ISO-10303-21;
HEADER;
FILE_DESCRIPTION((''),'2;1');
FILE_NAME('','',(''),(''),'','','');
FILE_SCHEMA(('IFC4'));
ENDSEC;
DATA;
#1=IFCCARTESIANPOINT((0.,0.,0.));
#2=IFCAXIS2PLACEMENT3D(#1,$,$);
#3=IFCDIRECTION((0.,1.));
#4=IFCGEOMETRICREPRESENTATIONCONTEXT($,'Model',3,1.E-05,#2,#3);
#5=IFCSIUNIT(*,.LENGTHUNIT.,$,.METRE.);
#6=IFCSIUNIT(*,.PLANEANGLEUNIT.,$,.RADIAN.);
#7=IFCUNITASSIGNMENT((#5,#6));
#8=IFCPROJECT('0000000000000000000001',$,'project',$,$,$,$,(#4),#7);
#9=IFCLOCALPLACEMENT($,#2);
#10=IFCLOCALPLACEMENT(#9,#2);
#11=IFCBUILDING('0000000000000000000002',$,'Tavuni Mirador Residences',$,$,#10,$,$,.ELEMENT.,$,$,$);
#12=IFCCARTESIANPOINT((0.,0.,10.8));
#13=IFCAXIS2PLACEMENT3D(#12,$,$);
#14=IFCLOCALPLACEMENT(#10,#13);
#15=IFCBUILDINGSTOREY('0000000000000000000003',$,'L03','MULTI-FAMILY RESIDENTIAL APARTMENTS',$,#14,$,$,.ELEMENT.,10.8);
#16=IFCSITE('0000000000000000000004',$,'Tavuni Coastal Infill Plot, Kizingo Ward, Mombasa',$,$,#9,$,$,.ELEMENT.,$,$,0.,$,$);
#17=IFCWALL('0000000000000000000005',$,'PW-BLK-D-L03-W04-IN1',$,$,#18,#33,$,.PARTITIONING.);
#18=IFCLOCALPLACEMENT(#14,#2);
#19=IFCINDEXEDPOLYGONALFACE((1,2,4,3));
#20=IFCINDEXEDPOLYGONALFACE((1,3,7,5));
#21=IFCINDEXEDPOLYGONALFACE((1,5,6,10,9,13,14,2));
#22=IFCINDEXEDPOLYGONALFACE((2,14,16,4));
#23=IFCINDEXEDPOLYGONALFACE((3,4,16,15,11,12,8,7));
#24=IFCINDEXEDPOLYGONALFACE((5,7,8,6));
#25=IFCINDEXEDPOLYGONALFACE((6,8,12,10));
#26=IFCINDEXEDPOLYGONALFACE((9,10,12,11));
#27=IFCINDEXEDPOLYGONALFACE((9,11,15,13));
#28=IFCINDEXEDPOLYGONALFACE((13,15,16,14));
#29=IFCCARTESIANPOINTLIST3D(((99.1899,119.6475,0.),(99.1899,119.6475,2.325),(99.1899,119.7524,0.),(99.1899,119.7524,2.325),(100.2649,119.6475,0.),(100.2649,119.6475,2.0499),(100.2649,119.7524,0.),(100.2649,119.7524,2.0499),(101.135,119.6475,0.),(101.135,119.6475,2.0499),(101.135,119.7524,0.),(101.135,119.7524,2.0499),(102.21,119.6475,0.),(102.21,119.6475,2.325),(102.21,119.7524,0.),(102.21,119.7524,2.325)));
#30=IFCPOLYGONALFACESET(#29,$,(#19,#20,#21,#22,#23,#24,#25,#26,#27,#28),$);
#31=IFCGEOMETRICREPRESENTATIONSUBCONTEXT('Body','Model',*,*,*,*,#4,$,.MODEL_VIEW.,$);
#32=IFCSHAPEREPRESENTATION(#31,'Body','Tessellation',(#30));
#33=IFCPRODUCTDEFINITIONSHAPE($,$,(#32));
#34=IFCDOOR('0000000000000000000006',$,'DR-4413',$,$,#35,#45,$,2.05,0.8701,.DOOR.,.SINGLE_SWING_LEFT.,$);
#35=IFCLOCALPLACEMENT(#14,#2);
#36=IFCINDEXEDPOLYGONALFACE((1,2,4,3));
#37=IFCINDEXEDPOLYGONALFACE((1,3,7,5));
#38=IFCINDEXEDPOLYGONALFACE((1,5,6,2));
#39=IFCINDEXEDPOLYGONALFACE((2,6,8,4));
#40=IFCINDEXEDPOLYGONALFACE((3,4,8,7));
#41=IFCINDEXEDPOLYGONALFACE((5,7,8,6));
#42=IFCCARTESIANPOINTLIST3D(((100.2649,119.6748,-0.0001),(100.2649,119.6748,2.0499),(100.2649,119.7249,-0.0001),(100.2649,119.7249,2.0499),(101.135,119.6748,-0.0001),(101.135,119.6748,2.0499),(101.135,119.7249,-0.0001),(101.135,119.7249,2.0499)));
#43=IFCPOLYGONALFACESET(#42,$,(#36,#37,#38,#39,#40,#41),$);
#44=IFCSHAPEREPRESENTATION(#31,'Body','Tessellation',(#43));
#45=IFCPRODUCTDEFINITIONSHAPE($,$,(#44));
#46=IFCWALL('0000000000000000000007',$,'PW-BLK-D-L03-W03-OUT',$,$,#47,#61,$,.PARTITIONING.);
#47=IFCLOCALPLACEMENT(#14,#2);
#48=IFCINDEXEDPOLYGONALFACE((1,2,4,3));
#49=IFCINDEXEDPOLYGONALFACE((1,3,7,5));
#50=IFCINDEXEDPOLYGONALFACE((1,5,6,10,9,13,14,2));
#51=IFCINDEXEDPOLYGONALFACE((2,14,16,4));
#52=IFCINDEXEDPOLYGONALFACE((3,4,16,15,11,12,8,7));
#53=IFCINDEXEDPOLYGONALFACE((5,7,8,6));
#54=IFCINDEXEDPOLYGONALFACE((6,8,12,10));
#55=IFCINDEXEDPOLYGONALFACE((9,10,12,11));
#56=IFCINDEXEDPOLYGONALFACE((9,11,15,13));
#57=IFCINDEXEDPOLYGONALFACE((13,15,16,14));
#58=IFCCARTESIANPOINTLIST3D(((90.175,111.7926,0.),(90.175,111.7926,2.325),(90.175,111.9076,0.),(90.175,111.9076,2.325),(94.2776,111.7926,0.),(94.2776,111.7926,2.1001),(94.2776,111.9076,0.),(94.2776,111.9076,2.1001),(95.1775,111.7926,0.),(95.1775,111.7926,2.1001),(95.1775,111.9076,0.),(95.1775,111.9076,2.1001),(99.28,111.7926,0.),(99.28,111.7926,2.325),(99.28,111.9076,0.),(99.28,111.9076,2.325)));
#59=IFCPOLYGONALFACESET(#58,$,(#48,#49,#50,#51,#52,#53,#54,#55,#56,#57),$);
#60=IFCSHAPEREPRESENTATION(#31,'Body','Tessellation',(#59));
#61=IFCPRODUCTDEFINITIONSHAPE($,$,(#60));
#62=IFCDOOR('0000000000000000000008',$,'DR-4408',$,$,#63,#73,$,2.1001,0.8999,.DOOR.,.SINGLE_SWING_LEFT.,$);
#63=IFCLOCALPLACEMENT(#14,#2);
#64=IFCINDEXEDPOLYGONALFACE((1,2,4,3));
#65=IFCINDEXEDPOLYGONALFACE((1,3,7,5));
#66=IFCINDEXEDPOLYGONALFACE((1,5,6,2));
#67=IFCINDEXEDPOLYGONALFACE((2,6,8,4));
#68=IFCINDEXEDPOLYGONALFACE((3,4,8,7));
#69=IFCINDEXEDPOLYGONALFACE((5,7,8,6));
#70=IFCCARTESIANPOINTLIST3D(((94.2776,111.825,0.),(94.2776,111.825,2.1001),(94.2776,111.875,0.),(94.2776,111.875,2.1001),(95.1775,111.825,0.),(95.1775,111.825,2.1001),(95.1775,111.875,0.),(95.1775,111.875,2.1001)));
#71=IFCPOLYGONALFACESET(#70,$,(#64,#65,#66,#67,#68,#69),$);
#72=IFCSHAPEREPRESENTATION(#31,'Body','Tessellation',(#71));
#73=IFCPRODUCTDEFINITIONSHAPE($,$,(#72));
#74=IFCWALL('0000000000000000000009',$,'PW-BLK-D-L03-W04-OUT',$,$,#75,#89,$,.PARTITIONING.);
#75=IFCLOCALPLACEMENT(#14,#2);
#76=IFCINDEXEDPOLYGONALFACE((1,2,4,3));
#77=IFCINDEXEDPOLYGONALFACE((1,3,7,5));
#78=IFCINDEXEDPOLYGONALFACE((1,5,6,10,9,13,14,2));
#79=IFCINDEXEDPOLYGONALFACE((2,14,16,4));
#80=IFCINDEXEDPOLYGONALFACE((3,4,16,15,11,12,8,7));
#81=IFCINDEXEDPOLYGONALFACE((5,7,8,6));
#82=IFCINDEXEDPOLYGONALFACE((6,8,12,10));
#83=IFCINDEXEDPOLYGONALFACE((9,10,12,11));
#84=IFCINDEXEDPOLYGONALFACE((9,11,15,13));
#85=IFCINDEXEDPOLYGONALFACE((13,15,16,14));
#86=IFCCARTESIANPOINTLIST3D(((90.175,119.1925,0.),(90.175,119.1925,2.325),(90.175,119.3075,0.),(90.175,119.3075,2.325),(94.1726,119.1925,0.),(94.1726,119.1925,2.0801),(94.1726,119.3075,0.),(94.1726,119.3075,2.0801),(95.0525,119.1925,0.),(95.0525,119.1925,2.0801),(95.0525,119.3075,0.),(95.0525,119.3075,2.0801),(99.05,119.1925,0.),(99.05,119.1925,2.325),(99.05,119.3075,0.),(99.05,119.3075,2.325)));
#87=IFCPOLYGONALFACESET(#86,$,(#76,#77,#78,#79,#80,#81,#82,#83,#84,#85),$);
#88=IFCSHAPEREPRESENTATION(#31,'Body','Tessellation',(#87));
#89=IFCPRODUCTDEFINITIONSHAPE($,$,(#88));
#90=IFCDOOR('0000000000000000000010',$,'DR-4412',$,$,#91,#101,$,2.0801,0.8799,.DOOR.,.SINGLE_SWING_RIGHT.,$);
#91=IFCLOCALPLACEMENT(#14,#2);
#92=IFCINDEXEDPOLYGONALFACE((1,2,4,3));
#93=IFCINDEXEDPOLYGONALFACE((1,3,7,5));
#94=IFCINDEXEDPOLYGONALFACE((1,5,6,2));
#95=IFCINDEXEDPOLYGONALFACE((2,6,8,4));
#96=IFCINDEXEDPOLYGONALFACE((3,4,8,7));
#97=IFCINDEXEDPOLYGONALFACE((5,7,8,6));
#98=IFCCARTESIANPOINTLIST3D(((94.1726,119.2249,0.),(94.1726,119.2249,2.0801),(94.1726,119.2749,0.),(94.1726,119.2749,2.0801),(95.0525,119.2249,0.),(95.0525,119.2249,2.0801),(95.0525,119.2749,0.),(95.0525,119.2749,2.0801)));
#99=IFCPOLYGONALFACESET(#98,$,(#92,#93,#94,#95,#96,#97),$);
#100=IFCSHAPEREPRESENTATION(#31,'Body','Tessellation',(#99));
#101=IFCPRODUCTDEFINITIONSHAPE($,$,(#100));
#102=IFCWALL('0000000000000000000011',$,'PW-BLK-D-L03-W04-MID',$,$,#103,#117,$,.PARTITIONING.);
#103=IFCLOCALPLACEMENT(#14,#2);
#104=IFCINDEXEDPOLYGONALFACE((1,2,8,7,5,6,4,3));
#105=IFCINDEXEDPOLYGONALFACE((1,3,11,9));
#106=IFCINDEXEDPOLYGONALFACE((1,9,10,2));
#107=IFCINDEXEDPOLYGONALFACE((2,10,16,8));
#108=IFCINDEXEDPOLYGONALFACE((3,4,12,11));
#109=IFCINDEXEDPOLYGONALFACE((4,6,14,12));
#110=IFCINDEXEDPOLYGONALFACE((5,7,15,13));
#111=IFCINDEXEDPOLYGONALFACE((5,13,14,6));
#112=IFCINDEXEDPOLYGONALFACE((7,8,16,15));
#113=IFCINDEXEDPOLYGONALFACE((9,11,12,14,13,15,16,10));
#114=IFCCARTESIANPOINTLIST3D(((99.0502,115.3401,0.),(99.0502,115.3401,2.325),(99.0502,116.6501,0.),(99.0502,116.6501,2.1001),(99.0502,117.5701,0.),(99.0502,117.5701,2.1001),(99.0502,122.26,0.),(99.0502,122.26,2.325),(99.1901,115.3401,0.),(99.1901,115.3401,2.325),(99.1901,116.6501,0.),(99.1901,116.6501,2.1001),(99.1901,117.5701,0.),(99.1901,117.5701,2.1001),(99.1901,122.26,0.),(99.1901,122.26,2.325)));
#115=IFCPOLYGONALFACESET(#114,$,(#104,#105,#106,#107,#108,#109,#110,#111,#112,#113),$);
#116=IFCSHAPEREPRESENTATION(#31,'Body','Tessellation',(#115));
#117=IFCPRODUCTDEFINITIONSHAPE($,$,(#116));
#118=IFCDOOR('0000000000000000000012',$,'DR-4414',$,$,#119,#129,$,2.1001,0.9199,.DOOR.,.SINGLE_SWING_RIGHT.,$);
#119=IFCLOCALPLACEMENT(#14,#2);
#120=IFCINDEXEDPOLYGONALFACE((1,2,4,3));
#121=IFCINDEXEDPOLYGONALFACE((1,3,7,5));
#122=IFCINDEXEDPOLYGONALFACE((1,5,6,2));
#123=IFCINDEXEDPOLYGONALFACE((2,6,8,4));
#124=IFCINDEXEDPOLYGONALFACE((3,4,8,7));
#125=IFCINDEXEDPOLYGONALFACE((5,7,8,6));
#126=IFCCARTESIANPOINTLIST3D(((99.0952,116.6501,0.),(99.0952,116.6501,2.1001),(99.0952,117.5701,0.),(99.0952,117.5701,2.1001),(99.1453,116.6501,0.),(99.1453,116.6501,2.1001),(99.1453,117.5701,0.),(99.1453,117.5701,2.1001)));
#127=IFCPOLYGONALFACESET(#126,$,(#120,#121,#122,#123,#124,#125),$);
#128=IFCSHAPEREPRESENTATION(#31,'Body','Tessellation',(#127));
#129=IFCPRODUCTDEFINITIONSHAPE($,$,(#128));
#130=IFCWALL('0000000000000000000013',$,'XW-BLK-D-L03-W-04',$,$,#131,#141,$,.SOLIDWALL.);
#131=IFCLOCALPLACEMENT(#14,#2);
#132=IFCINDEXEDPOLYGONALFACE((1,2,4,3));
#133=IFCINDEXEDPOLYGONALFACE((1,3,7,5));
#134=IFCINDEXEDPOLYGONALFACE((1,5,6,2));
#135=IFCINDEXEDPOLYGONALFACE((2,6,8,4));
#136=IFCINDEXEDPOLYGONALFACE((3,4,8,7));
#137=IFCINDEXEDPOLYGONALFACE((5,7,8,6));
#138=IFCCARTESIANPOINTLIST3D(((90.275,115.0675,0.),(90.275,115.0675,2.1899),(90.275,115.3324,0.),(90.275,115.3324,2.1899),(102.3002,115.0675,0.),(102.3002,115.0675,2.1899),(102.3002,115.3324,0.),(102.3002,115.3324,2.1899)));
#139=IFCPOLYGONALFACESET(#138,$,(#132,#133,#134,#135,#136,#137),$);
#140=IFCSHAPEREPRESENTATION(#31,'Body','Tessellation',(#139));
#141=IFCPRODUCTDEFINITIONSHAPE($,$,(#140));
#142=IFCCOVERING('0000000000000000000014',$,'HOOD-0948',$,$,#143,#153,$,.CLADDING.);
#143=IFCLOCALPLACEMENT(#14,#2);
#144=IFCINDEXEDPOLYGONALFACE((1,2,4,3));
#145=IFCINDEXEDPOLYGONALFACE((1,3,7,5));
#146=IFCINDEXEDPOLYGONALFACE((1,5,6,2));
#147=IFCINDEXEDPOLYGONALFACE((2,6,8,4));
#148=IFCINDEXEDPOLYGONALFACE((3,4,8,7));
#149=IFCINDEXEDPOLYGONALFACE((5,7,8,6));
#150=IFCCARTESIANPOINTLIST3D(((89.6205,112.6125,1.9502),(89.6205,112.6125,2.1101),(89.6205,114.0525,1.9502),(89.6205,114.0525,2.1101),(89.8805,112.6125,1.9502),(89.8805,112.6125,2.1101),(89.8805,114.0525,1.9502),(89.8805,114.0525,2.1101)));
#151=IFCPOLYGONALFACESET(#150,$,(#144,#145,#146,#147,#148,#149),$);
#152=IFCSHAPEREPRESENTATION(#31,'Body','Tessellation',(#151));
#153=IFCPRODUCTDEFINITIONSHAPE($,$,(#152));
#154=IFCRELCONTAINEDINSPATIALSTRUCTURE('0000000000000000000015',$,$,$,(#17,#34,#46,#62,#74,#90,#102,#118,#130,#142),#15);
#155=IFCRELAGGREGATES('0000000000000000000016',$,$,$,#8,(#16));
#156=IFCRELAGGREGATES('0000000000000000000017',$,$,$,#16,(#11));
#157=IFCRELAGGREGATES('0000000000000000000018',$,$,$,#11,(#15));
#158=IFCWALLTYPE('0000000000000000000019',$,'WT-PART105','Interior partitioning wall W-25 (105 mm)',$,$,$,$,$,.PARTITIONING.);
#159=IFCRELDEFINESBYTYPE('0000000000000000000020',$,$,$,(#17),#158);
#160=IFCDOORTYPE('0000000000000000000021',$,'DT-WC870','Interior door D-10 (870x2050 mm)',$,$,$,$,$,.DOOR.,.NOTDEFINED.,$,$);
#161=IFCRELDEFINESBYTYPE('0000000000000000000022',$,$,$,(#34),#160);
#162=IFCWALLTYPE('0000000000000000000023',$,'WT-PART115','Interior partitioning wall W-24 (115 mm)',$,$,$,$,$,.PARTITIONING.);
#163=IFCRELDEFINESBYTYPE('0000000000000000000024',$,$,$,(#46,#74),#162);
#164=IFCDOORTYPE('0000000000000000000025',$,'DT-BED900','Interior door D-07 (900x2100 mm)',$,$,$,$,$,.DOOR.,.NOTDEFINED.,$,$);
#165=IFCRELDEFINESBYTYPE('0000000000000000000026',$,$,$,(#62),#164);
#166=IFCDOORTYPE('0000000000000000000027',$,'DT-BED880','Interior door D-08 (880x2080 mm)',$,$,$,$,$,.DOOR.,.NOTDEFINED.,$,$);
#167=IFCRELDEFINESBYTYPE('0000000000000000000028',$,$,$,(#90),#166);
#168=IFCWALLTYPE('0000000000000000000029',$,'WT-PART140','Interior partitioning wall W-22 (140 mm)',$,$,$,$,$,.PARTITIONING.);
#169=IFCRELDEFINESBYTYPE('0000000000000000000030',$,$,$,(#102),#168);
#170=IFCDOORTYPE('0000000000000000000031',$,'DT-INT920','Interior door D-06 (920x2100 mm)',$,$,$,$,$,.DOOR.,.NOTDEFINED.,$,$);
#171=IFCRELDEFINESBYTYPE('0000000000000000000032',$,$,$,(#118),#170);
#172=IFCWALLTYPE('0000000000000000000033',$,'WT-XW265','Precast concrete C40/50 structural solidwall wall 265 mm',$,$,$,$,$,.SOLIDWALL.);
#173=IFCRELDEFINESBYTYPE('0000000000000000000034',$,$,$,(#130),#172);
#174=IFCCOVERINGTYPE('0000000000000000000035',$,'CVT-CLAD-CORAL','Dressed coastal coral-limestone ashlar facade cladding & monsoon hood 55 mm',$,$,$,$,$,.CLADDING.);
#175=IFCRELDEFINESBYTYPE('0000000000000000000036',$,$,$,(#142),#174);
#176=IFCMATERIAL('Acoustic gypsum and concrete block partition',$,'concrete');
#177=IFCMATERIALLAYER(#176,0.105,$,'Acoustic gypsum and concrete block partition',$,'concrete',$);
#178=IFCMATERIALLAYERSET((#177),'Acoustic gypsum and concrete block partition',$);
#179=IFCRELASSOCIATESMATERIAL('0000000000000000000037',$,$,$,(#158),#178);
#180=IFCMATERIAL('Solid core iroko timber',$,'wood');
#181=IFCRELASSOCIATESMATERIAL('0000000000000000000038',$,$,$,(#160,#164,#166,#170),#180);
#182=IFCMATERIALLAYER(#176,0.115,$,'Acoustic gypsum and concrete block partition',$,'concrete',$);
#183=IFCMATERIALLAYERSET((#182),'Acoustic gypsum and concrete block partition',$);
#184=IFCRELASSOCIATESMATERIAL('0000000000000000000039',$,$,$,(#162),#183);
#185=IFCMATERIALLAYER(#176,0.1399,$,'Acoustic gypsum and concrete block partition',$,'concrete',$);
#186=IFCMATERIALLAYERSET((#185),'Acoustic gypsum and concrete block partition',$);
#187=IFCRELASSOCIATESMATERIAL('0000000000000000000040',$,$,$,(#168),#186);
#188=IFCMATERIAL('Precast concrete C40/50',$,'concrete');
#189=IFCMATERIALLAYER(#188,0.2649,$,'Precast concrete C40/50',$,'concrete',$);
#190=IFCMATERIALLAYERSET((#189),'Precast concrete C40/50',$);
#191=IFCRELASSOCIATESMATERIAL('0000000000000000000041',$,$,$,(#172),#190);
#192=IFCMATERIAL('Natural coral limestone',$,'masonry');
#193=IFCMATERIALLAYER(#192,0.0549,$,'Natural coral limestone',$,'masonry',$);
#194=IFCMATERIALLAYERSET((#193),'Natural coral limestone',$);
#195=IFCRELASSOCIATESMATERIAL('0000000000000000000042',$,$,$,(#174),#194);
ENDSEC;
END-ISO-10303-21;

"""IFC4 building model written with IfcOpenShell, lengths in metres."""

from ifc_helpers import new_model, si_unit, direction, frame, frame_2d, origin, origin_2d, place, context, subcontext, project, spatial, rectangle, extrude, material, layer, layer_set, type_object, element, fill, save


model = new_model("IFC4")

# Units and contexts
model_context = context("Model", 3, precision=1e-05, world=origin(), true_north=direction((0.0, 1.0)))
body_context = subcontext(model_context, "Body", "Model", "MODEL_VIEW")
ifc_project = project(units=[si_unit("LENGTHUNIT", "METRE"), si_unit("PLANEANGLEUNIT", "RADIAN")], contexts=[model_context])

# Site, building, storey
site_placement = place(None, origin())
site = spatial("IfcSite", under=ifc_project, at=site_placement, Name="Tavuni Coastal Infill Plot, Kizingo Ward, Mombasa", CompositionType="ELEMENT", RefElevation=0.0)
building_placement = place(site_placement, origin())
building = spatial("IfcBuilding", under=site, at=building_placement, Name="Tavuni Mirador Residences", CompositionType="ELEMENT")
storey_placement = place(building_placement, frame((0.0, 0.0, 10.8)))
storey = spatial("IfcBuildingStorey", under=building, at=storey_placement, Name="L03", Description="MULTI-FAMILY RESIDENTIAL APARTMENTS", CompositionType="ELEMENT", Elevation=10.8)

# Shared definitions
ifc_material_1 = material(Name="Precast concrete C40/50", Category="concrete")

# Shared definitions
ifc_material_2 = material(Name="Solid core iroko timber", Category="wood")

# Walls, openings, doors
ifc_material_3 = material(Name="Acoustic gypsum and concrete block partition", Category="concrete")
ifc_layer_1 = layer(ifc_material_3, 0.105, Name="Acoustic gypsum and concrete block partition", Category="concrete")
ifc_layer_set_1 = layer_set([ifc_layer_1], Name="Acoustic gypsum and concrete block partition")
wall_type_1 = type_object("IfcWallType", Name="WT-PART105", Description="Interior partitioning wall W-25 (105 mm)", PredefinedType="PARTITIONING", material=ifc_layer_set_1)
wall_1_placement = place(storey_placement, frame((99.1899, 119.7, 0.0), z_axis=(0.0, 0.0, 1.0), x_axis=(1.0, 0.0, 0.0)))
wall_1 = element("IfcWall", 1, at=wall_1_placement, inside=storey, type_object=wall_type_1, Name="PW-BLK-D-L03-W04-IN1", PredefinedType="PARTITIONING", context=body_context, shape_type="SweptSolid", body=[
    extrude(rectangle(XDim=3.02, YDim=0.105, at=frame_2d((1.51, 0.0))), origin(), (0.0, 0.0, 1.0), 2.325),
])
opening_1_placement = place(wall_1_placement, frame((1.075, 0.0, 0.0)))
opening_1 = element("IfcOpeningElement", 2, at=opening_1_placement, cuts=wall_1, PredefinedType="OPENING", context=body_context, shape_type="SweptSolid", body=[
    extrude(rectangle(XDim=0.8701, YDim=2.05, at=frame_2d((0.4351, 1.0249))), frame((0.0, 0.0625, 0.0), z_axis=(0.0, -1.0, 0.0), x_axis=(1.0, 0.0, 0.0)), (0.0, 0.0, 1.0), 0.125),
])
door_type_1 = type_object("IfcDoorType", Name="DT-WC870", Description="Interior door D-10 (870x2050 mm)", OperationType="NOTDEFINED", PredefinedType="DOOR", material=ifc_material_2)
door_1_placement = place(opening_1_placement, origin())
door_1 = element("IfcDoor", 3, at=door_1_placement, inside=storey, type_object=door_type_1, Name="DR-4413", OperationType="SINGLE_SWING_LEFT", OverallHeight=2.05, OverallWidth=0.8701, PredefinedType="DOOR", context=body_context, shape_type="SweptSolid", body=[
    extrude(rectangle(XDim=0.8701, YDim=2.05, at=frame_2d((0.4351, 1.0249))), frame((0.0, 0.0249, 0.0), z_axis=(0.0, -1.0, 0.0), x_axis=(1.0, 0.0, 0.0)), (0.0, 0.0, 1.0), 0.05),
])
fill(opening_1, door_1)
ifc_layer_2 = layer(ifc_material_3, 0.115, Name="Acoustic gypsum and concrete block partition", Category="concrete")
ifc_layer_set_2 = layer_set([ifc_layer_2], Name="Acoustic gypsum and concrete block partition")
wall_type_2 = type_object("IfcWallType", Name="WT-PART115", Description="Interior partitioning wall W-24 (115 mm)", PredefinedType="PARTITIONING", material=ifc_layer_set_2)
wall_2_placement = place(storey_placement, frame((90.175, 111.8501, 0.0), z_axis=(0.0, 0.0, 1.0), x_axis=(1.0, 0.0, 0.0)))
wall_2 = element("IfcWall", 4, at=wall_2_placement, inside=storey, type_object=wall_type_2, Name="PW-BLK-D-L03-W03-OUT", PredefinedType="PARTITIONING", context=body_context, shape_type="SweptSolid", body=[
    extrude(rectangle(XDim=9.105, YDim=0.115, at=frame_2d((4.5525, 0.0))), origin(), (0.0, 0.0, 1.0), 2.325),
])
opening_2_placement = place(wall_2_placement, frame((4.1025, 0.0, 0.0)))
opening_2 = element("IfcOpeningElement", 5, at=opening_2_placement, cuts=wall_2, PredefinedType="OPENING", context=body_context, shape_type="SweptSolid", body=[
    extrude(rectangle(XDim=0.8999, YDim=2.1001, at=frame_2d((0.45, 1.05))), frame((0.0, 0.0674, 0.0), z_axis=(0.0, -1.0, 0.0), x_axis=(1.0, 0.0, 0.0)), (0.0, 0.0, 1.0), 0.135),
])
door_type_2 = type_object("IfcDoorType", Name="DT-BED900", Description="Interior door D-07 (900x2100 mm)", OperationType="NOTDEFINED", PredefinedType="DOOR", material=ifc_material_2)
door_2_placement = place(opening_2_placement, origin())
door_2 = element("IfcDoor", 6, at=door_2_placement, inside=storey, type_object=door_type_2, Name="DR-4408", OperationType="SINGLE_SWING_LEFT", OverallHeight=2.1001, OverallWidth=0.8999, PredefinedType="DOOR", context=body_context, shape_type="SweptSolid", body=[
    extrude(rectangle(XDim=0.8999, YDim=2.1001, at=frame_2d((0.45, 1.05))), frame((0.0, 0.0249, 0.0), z_axis=(0.0, -1.0, 0.0), x_axis=(1.0, 0.0, 0.0)), (0.0, 0.0, 1.0), 0.05),
])
fill(opening_2, door_2)
wall_3_placement = place(storey_placement, frame((90.175, 119.25, 0.0), z_axis=(0.0, 0.0, 1.0), x_axis=(1.0, 0.0, 0.0)))
wall_3 = element("IfcWall", 7, at=wall_3_placement, inside=storey, type_object=wall_type_2, Name="PW-BLK-D-L03-W04-OUT", PredefinedType="PARTITIONING", context=body_context, shape_type="SweptSolid", body=[
    extrude(rectangle(XDim=8.875, YDim=0.115, at=frame_2d((4.4375, 0.0))), origin(), (0.0, 0.0, 1.0), 2.325),
])
opening_3_placement = place(wall_3_placement, frame((3.9976, 0.0, 0.0)))
opening_3 = element("IfcOpeningElement", 8, at=opening_3_placement, cuts=wall_3, PredefinedType="OPENING", context=body_context, shape_type="SweptSolid", body=[
    extrude(rectangle(XDim=0.8799, YDim=2.0801, at=frame_2d((0.4399, 1.04))), frame((0.0, 0.0674, 0.0), z_axis=(0.0, -1.0, 0.0), x_axis=(1.0, 0.0, 0.0)), (0.0, 0.0, 1.0), 0.135),
])
door_type_3 = type_object("IfcDoorType", Name="DT-BED880", Description="Interior door D-08 (880x2080 mm)", OperationType="NOTDEFINED", PredefinedType="DOOR", material=ifc_material_2)
door_3_placement = place(opening_3_placement, origin())
door_3 = element("IfcDoor", 9, at=door_3_placement, inside=storey, type_object=door_type_3, Name="DR-4412", OperationType="SINGLE_SWING_RIGHT", OverallHeight=2.0801, OverallWidth=0.8799, PredefinedType="DOOR", context=body_context, shape_type="SweptSolid", body=[
    extrude(rectangle(XDim=0.8799, YDim=2.0801, at=frame_2d((0.4399, 1.04))), frame((0.0, 0.0249, 0.0), z_axis=(0.0, -1.0, 0.0), x_axis=(1.0, 0.0, 0.0)), (0.0, 0.0, 1.0), 0.05),
])
fill(opening_3, door_3)
ifc_layer_3 = layer(ifc_material_3, 0.1399, Name="Acoustic gypsum and concrete block partition", Category="concrete")
ifc_layer_set_3 = layer_set([ifc_layer_3], Name="Acoustic gypsum and concrete block partition")
wall_type_3 = type_object("IfcWallType", Name="WT-PART140", Description="Interior partitioning wall W-22 (140 mm)", PredefinedType="PARTITIONING", material=ifc_layer_set_3)
wall_4_placement = place(storey_placement, frame((99.1201, 115.3401, 0.0), z_axis=(0.0, 0.0, 1.0), x_axis=(0.0, 1.0, 0.0)))
wall_4 = element("IfcWall", 10, at=wall_4_placement, inside=storey, type_object=wall_type_3, Name="PW-BLK-D-L03-W04-MID", PredefinedType="PARTITIONING", context=body_context, shape_type="SweptSolid", body=[
    extrude(rectangle(XDim=6.9199, YDim=0.1399, at=frame_2d((3.46, 0.0))), origin(), (0.0, 0.0, 1.0), 2.325),
])
opening_4_placement = place(wall_4_placement, frame((1.3101, 0.0, 0.0)))
opening_4 = element("IfcOpeningElement", 11, at=opening_4_placement, cuts=wall_4, PredefinedType="OPENING", context=body_context, shape_type="SweptSolid", body=[
    extrude(rectangle(XDim=0.9199, YDim=2.1001, at=frame_2d((0.46, 1.05))), frame((0.0, 0.0801, 0.0), z_axis=(0.0, -1.0, 0.0), x_axis=(1.0, 0.0, 0.0)), (0.0, 0.0, 1.0), 0.1599),
])
door_type_4 = type_object("IfcDoorType", Name="DT-INT920", Description="Interior door D-06 (920x2100 mm)", OperationType="NOTDEFINED", PredefinedType="DOOR", material=ifc_material_2)
door_4_placement = place(opening_4_placement, origin())
door_4 = element("IfcDoor", 12, at=door_4_placement, inside=storey, type_object=door_type_4, Name="DR-4414", OperationType="SINGLE_SWING_RIGHT", OverallHeight=2.1001, OverallWidth=0.9199, PredefinedType="DOOR", context=body_context, shape_type="SweptSolid", body=[
    extrude(rectangle(XDim=0.9199, YDim=2.1001, at=frame_2d((0.46, 1.05))), frame((0.0, 0.0249, 0.0), z_axis=(0.0, -1.0, 0.0), x_axis=(1.0, 0.0, 0.0)), (0.0, 0.0, 1.0), 0.05),
])
fill(opening_4, door_4)

# Wall
ifc_layer_4 = layer(ifc_material_1, 0.2649, Name="Precast concrete C40/50", Category="concrete")
ifc_layer_set_4 = layer_set([ifc_layer_4], Name="Precast concrete C40/50")
wall_type_4 = type_object("IfcWallType", Name="WT-XW265", Description="Precast concrete C40/50 structural solidwall wall 265 mm", PredefinedType="SOLIDWALL", material=ifc_layer_set_4)
wall_5_placement = place(storey_placement, frame((90.2749, 115.2, 0.0), z_axis=(0.0, 0.0, 1.0), x_axis=(1.0, 0.0, 0.0)))
element("IfcWall", 13, at=wall_5_placement, inside=storey, type_object=wall_type_4, Name="XW-BLK-D-L03-W-04", PredefinedType="SOLIDWALL", context=body_context, shape_type="SweptSolid", body=[
    extrude(rectangle(XDim=12.0251, YDim=0.2649, at=frame_2d((6.0127, 0.0))), origin(), (0.0, 0.0, 1.0), 2.1899),
])

# Covering
ifc_material_4 = material(Name="Natural coral limestone", Category="masonry")
ifc_layer_5 = layer(ifc_material_4, 0.0549, Name="Natural coral limestone", Category="masonry")
ifc_layer_set_5 = layer_set([ifc_layer_5], Name="Natural coral limestone")
covering_type = type_object("IfcCoveringType", Name="CVT-CLAD-CORAL", Description="Dressed coastal coral-limestone ashlar facade cladding & monsoon hood 55 mm", PredefinedType="CLADDING", material=ifc_layer_set_5)
covering_placement = place(storey_placement, frame((89.7505, 113.3325, 1.9502), z_axis=(0.0, 0.0, 1.0), x_axis=(0.0, -1.0, 0.0)))
element("IfcCovering", 14, at=covering_placement, inside=storey, type_object=covering_type, Name="HOOD-0948", PredefinedType="CLADDING", context=body_context, shape_type="SweptSolid", body=[
    extrude(rectangle(XDim=1.4399, YDim=0.26, at=origin_2d()), origin(), (0.0, 0.0, 1.0), 0.1599),
])

save(model, "model.ifc")
